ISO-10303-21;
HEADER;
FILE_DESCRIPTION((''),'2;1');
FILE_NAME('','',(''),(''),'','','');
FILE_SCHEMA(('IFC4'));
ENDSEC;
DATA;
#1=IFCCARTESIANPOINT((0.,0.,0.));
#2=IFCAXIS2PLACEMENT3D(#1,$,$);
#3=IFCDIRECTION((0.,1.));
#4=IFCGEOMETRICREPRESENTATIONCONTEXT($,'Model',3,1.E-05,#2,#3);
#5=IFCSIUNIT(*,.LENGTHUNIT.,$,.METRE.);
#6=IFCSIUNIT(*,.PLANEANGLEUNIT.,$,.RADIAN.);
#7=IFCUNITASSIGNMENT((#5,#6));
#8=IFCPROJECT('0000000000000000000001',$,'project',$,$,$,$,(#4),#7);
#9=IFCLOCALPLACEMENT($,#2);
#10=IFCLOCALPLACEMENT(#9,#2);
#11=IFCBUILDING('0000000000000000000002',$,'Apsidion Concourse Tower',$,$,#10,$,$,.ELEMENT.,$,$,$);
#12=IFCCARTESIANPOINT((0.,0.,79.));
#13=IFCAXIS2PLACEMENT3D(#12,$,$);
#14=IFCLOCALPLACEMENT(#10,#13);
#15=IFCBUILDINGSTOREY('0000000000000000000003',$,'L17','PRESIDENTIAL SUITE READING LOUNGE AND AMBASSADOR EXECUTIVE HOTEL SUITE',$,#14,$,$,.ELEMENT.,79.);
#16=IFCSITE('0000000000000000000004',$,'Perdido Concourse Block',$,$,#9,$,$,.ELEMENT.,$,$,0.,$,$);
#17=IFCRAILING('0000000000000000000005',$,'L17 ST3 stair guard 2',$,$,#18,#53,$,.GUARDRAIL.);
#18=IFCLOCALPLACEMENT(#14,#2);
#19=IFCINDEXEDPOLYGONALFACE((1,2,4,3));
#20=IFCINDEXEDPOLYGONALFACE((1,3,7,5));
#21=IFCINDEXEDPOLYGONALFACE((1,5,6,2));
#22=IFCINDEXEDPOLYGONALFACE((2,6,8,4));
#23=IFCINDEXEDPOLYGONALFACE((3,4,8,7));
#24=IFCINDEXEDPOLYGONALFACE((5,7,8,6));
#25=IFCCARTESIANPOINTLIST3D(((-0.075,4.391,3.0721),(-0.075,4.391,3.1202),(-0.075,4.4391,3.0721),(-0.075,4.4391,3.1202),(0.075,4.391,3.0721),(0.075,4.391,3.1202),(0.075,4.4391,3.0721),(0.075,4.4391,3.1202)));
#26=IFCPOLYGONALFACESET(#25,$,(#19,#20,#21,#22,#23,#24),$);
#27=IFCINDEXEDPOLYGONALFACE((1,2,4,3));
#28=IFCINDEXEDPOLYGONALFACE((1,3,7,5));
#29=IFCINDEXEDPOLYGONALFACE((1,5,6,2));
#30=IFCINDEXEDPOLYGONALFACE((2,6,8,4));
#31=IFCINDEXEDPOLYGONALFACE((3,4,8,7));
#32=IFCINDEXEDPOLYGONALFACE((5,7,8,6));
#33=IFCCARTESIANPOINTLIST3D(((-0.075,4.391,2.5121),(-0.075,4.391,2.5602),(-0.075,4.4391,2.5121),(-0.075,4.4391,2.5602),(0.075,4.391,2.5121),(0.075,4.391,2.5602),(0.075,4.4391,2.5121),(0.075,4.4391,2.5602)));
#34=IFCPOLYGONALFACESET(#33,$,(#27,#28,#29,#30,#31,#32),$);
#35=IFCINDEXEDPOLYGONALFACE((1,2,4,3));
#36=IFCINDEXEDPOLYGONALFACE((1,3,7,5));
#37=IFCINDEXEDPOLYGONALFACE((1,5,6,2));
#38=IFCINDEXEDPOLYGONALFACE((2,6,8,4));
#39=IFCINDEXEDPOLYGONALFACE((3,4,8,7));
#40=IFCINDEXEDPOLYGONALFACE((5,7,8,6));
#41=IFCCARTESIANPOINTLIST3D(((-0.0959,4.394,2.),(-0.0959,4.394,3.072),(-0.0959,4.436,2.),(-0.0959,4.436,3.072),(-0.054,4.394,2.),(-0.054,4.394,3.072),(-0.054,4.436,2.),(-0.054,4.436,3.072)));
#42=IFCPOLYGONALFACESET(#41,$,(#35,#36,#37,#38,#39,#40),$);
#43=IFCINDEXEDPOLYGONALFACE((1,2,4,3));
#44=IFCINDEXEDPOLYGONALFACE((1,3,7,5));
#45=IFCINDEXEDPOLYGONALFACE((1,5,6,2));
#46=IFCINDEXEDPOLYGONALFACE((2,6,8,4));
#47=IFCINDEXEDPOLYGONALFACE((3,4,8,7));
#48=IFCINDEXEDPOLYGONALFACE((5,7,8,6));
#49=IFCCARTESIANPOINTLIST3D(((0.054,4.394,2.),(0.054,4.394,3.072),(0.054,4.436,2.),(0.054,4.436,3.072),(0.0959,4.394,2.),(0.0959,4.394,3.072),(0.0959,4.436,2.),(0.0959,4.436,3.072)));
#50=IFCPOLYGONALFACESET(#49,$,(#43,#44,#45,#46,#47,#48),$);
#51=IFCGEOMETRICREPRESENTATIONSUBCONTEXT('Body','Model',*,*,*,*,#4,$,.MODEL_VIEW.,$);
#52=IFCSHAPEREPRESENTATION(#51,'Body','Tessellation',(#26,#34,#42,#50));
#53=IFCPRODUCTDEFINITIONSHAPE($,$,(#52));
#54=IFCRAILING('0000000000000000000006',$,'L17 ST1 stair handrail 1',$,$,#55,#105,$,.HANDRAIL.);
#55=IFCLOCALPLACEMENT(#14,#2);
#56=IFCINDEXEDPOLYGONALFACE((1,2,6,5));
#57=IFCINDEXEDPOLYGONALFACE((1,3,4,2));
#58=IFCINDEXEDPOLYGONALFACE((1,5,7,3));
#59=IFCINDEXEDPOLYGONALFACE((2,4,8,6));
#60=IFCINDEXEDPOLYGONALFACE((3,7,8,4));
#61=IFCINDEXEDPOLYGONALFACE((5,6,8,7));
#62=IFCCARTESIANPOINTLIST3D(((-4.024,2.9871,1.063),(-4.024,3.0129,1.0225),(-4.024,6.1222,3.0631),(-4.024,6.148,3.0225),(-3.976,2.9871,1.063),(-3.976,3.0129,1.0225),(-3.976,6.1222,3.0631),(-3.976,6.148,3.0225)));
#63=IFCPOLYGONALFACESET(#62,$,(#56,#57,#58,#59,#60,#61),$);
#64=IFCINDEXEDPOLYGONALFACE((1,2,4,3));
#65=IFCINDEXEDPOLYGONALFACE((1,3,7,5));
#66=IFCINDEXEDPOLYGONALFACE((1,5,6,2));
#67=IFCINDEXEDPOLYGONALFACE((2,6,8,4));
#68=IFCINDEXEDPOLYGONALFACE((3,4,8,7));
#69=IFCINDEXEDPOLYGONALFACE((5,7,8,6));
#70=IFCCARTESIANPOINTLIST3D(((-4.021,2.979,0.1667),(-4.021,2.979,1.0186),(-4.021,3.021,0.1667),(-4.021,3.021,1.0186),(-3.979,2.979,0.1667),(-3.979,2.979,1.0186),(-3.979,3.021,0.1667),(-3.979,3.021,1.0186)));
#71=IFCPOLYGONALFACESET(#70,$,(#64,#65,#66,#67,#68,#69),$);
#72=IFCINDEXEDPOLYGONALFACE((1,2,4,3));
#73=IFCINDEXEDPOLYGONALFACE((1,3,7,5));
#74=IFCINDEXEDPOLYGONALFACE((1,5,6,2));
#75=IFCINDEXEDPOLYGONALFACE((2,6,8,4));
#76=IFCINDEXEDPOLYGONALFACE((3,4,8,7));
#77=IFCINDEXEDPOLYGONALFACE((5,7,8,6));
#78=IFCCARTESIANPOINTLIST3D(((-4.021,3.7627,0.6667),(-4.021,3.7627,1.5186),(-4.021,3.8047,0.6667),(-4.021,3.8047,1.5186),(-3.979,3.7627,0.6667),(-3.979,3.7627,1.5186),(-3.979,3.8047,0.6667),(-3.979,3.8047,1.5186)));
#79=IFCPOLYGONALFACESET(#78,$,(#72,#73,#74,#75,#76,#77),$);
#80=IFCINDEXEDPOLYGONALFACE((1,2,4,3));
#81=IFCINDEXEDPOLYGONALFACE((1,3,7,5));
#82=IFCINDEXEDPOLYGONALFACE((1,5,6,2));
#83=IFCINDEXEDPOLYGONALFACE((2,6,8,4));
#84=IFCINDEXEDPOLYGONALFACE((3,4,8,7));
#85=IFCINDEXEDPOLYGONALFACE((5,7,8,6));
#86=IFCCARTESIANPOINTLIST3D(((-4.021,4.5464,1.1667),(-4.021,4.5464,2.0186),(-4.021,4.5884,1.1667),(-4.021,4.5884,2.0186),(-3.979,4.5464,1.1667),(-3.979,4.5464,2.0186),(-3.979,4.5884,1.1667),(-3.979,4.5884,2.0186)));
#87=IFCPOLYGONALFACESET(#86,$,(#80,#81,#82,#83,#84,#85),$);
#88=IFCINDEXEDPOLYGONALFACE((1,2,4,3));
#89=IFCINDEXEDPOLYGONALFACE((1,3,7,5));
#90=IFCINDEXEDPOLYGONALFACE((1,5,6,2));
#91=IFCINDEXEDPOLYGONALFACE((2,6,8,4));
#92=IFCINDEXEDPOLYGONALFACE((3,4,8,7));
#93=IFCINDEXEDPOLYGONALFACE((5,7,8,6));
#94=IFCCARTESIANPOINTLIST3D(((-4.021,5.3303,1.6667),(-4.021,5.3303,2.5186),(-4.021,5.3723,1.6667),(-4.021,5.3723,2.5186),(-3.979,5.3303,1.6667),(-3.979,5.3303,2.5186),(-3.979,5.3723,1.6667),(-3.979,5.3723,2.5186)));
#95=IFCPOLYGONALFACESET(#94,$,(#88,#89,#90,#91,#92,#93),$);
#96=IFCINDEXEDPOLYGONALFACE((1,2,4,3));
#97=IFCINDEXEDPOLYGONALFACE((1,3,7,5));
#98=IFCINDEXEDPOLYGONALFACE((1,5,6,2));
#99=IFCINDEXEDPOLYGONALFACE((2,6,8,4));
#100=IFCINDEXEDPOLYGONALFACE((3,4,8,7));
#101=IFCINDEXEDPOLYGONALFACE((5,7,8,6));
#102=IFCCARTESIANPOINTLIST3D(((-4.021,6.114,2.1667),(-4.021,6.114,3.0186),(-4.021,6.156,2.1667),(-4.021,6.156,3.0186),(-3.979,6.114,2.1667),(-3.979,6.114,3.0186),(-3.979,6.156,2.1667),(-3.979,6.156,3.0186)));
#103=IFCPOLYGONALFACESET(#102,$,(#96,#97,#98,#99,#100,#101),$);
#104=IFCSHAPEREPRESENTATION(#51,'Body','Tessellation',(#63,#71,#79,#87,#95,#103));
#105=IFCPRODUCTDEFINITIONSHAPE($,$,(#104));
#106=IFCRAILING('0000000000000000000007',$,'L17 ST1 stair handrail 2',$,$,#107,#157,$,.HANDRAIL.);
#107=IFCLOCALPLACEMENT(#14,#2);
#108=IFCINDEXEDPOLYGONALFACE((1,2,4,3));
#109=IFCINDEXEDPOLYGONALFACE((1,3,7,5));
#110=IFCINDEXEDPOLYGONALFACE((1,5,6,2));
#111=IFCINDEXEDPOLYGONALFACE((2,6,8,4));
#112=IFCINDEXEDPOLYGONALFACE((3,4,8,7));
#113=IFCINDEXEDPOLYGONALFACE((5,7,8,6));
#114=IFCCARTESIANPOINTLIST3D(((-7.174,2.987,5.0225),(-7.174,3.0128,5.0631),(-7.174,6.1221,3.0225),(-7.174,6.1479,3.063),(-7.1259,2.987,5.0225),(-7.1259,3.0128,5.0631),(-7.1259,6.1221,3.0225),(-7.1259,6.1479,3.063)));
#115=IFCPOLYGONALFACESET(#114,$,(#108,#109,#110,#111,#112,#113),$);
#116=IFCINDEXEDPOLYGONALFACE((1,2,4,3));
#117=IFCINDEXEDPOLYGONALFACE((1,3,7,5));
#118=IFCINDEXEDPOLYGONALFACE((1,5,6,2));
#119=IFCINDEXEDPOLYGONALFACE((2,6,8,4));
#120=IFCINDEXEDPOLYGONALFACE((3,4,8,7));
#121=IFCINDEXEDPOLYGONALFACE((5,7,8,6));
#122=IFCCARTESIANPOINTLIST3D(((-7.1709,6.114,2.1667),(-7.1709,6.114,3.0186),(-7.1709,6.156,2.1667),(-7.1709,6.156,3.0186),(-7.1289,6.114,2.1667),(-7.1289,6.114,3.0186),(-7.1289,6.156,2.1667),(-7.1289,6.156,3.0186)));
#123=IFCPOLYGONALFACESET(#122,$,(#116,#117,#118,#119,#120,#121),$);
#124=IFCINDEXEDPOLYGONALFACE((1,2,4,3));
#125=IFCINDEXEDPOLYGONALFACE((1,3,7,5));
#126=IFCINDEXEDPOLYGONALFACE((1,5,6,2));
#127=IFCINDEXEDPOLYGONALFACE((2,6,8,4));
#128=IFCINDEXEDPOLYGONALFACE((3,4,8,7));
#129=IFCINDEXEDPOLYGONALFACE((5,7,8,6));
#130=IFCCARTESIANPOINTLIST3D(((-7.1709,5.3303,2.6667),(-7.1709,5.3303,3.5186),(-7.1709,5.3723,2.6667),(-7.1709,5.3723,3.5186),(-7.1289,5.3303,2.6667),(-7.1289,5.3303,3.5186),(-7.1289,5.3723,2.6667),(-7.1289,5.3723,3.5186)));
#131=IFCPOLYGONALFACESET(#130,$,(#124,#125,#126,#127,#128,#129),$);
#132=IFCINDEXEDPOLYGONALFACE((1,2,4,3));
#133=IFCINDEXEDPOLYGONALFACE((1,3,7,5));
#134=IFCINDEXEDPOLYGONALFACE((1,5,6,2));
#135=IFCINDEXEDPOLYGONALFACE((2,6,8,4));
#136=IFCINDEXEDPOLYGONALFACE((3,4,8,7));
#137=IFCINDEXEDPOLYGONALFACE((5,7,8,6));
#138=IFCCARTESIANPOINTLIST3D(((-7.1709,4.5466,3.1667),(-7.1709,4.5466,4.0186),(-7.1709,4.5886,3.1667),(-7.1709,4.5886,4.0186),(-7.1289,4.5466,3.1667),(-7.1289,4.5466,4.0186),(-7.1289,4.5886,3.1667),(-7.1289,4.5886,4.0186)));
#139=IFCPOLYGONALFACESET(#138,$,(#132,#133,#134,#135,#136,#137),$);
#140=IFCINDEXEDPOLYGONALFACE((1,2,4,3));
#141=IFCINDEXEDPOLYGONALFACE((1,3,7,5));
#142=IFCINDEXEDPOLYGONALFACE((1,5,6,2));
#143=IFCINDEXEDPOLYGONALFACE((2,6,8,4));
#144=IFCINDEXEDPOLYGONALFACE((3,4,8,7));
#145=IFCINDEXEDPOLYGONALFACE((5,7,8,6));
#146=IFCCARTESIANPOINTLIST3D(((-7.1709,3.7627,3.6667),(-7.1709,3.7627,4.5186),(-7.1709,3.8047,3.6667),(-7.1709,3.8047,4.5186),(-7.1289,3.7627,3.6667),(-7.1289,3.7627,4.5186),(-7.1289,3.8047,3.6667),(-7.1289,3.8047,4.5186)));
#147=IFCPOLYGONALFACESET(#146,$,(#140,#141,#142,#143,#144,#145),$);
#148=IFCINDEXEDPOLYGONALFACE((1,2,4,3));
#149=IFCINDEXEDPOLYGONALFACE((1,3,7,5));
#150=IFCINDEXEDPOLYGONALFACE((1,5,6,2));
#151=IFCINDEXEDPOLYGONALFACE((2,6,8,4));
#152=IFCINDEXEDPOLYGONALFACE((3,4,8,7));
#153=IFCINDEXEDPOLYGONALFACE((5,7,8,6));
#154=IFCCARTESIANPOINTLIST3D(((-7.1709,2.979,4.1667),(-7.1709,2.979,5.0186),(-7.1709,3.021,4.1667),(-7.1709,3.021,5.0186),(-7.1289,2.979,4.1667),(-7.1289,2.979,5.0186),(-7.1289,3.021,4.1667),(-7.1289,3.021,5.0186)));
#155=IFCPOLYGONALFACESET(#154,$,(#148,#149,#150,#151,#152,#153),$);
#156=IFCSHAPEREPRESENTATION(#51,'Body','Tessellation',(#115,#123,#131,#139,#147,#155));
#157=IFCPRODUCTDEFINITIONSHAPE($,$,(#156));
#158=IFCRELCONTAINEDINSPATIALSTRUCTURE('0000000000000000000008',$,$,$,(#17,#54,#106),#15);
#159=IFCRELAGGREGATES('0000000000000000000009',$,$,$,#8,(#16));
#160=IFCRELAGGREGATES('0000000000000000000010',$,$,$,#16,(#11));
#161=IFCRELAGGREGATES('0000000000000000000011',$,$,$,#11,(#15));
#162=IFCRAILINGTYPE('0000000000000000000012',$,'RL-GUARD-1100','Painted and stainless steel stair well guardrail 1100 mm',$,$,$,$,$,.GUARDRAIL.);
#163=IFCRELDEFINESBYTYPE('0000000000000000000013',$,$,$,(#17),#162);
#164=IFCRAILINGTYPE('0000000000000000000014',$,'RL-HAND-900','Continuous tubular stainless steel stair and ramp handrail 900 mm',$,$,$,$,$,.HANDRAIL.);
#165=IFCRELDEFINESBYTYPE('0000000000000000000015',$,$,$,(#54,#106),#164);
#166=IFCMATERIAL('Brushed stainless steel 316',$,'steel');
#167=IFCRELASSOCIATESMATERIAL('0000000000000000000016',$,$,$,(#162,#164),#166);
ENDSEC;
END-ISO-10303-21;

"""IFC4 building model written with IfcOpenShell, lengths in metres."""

from ifc_helpers import new_model, si_unit, direction, frame, origin, origin_2d, place, context, subcontext, project, spatial, rectangle, extrude, material, type_object, element, save


model = new_model("IFC4")

# Units and contexts
model_context = context("Model", 3, precision=1e-05, world=origin(), true_north=direction((0.0, 1.0)))
body_context = subcontext(model_context, "Body", "Model", "MODEL_VIEW")
ifc_project = project(units=[si_unit("LENGTHUNIT", "METRE"), si_unit("PLANEANGLEUNIT", "RADIAN")], contexts=[model_context])

# Site, building, storey
site_placement = place(None, origin())
site = spatial("IfcSite", under=ifc_project, at=site_placement, Name="Perdido Concourse Block", CompositionType="ELEMENT", RefElevation=0.0)
building_placement = place(site_placement, origin())
building = spatial("IfcBuilding", under=site, at=building_placement, Name="Apsidion Concourse Tower", CompositionType="ELEMENT")
storey_placement = place(building_placement, frame((0.0, 0.0, 79.0)))
storey = spatial("IfcBuildingStorey", under=building, at=storey_placement, Name="L17", Description="PRESIDENTIAL SUITE READING LOUNGE AND AMBASSADOR EXECUTIVE HOTEL SUITE", CompositionType="ELEMENT", Elevation=79.0)

# Shared definitions
ifc_material_1 = material(Name="Brushed stainless steel 316", Category="steel")

# Railings
railing_type_1 = type_object("IfcRailingType", Name="RL-GUARD-1100", Description="Painted and stainless steel stair well guardrail 1100 mm", PredefinedType="GUARDRAIL", material=ifc_material_1)
railing_1_placement = place(storey_placement, frame((-0.075, 4.415, 2.0)))
element("IfcRailing", 1, at=railing_1_placement, inside=storey, type_object=railing_type_1, Name="L17 ST3 stair guard 2", PredefinedType="GUARDRAIL", context=body_context, shape_type="SweptSolid", body=[
    extrude(rectangle(XDim=0.0481, YDim=0.0481, at=origin_2d()), frame((0.0, 0.0, 1.0962), z_axis=(1.0, 0.0, 0.0), x_axis=(0.0, 1.0, 0.0)), (0.0, 0.0, 1.0), 0.1499),
    extrude(rectangle(XDim=0.0481, YDim=0.0481, at=origin_2d()), frame((0.0, 0.0, 0.5361), z_axis=(1.0, 0.0, 0.0), x_axis=(0.0, 1.0, 0.0)), (0.0, 0.0, 1.0), 0.1499),
    extrude(rectangle(XDim=0.042, YDim=0.042, at=origin_2d()), origin(), (0.0, 0.0, 1.0), 1.072),
    extrude(rectangle(XDim=0.042, YDim=0.042, at=origin_2d()), frame((0.1499, 0.0, 0.0)), (0.0, 0.0, 1.0), 1.072),
])
railing_type_2 = type_object("IfcRailingType", Name="RL-HAND-900", Description="Continuous tubular stainless steel stair and ramp handrail 900 mm", PredefinedType="HANDRAIL", material=ifc_material_1)
railing_2_placement = place(storey_placement, frame((-4.0, 3.0, 0.1667)))
element("IfcRailing", 2, at=railing_2_placement, inside=storey, type_object=railing_type_2, Name="L17 ST1 stair handrail 1", PredefinedType="HANDRAIL", context=body_context, shape_type="SweptSolid", body=[
    extrude(rectangle(XDim=0.0481, YDim=0.0481, at=origin_2d()), frame((0.0, 0.0, 0.876), z_axis=(0.0, 0.843053, 0.537831), x_axis=(-1.0, 0.0, 0.0)), (0.0, 0.0, 1.0), 3.7188),
    extrude(rectangle(XDim=0.042, YDim=0.042, at=origin_2d()), origin(), (0.0, 0.0, 1.0), 0.8518),
    extrude(rectangle(XDim=0.042, YDim=0.042, at=origin_2d()), frame((0.0, 0.7837, 0.5)), (0.0, 0.0, 1.0), 0.8518),
    extrude(rectangle(XDim=0.042, YDim=0.042, at=origin_2d()), frame((0.0, 1.5674, 1.0)), (0.0, 0.0, 1.0), 0.8518),
    extrude(rectangle(XDim=0.042, YDim=0.042, at=origin_2d()), frame((0.0, 2.3513, 1.5)), (0.0, 0.0, 1.0), 0.8518),
    extrude(rectangle(XDim=0.042, YDim=0.042, at=origin_2d()), frame((0.0, 3.135, 2.0)), (0.0, 0.0, 1.0), 0.8518),
])
railing_3_placement = place(storey_placement, frame((-7.1499, 6.135, 2.1667)))
element("IfcRailing", 3, at=railing_3_placement, inside=storey, type_object=railing_type_2, Name="L17 ST1 stair handrail 2", PredefinedType="HANDRAIL", context=body_context, shape_type="SweptSolid", body=[
    extrude(rectangle(XDim=0.0481, YDim=0.0481, at=origin_2d()), frame((0.0, 0.0, 0.876), z_axis=(0.0, -0.843053, 0.537831), x_axis=(1.0, 0.0, 0.0)), (0.0, 0.0, 1.0), 3.7188),
    extrude(rectangle(XDim=0.042, YDim=0.042, at=origin_2d()), origin(), (0.0, 0.0, 1.0), 0.8518),
    extrude(rectangle(XDim=0.042, YDim=0.042, at=origin_2d()), frame((0.0, -0.7837, 0.5)), (0.0, 0.0, 1.0), 0.8518),
    extrude(rectangle(XDim=0.042, YDim=0.042, at=origin_2d()), frame((0.0, -1.5674, 1.0)), (0.0, 0.0, 1.0), 0.8518),
    extrude(rectangle(XDim=0.042, YDim=0.042, at=origin_2d()), frame((0.0, -2.3513, 1.5)), (0.0, 0.0, 1.0), 0.8518),
    extrude(rectangle(XDim=0.042, YDim=0.042, at=origin_2d()), frame((0.0, -3.135, 2.0)), (0.0, 0.0, 1.0), 0.8518),
])

save(model, "model.ifc")
